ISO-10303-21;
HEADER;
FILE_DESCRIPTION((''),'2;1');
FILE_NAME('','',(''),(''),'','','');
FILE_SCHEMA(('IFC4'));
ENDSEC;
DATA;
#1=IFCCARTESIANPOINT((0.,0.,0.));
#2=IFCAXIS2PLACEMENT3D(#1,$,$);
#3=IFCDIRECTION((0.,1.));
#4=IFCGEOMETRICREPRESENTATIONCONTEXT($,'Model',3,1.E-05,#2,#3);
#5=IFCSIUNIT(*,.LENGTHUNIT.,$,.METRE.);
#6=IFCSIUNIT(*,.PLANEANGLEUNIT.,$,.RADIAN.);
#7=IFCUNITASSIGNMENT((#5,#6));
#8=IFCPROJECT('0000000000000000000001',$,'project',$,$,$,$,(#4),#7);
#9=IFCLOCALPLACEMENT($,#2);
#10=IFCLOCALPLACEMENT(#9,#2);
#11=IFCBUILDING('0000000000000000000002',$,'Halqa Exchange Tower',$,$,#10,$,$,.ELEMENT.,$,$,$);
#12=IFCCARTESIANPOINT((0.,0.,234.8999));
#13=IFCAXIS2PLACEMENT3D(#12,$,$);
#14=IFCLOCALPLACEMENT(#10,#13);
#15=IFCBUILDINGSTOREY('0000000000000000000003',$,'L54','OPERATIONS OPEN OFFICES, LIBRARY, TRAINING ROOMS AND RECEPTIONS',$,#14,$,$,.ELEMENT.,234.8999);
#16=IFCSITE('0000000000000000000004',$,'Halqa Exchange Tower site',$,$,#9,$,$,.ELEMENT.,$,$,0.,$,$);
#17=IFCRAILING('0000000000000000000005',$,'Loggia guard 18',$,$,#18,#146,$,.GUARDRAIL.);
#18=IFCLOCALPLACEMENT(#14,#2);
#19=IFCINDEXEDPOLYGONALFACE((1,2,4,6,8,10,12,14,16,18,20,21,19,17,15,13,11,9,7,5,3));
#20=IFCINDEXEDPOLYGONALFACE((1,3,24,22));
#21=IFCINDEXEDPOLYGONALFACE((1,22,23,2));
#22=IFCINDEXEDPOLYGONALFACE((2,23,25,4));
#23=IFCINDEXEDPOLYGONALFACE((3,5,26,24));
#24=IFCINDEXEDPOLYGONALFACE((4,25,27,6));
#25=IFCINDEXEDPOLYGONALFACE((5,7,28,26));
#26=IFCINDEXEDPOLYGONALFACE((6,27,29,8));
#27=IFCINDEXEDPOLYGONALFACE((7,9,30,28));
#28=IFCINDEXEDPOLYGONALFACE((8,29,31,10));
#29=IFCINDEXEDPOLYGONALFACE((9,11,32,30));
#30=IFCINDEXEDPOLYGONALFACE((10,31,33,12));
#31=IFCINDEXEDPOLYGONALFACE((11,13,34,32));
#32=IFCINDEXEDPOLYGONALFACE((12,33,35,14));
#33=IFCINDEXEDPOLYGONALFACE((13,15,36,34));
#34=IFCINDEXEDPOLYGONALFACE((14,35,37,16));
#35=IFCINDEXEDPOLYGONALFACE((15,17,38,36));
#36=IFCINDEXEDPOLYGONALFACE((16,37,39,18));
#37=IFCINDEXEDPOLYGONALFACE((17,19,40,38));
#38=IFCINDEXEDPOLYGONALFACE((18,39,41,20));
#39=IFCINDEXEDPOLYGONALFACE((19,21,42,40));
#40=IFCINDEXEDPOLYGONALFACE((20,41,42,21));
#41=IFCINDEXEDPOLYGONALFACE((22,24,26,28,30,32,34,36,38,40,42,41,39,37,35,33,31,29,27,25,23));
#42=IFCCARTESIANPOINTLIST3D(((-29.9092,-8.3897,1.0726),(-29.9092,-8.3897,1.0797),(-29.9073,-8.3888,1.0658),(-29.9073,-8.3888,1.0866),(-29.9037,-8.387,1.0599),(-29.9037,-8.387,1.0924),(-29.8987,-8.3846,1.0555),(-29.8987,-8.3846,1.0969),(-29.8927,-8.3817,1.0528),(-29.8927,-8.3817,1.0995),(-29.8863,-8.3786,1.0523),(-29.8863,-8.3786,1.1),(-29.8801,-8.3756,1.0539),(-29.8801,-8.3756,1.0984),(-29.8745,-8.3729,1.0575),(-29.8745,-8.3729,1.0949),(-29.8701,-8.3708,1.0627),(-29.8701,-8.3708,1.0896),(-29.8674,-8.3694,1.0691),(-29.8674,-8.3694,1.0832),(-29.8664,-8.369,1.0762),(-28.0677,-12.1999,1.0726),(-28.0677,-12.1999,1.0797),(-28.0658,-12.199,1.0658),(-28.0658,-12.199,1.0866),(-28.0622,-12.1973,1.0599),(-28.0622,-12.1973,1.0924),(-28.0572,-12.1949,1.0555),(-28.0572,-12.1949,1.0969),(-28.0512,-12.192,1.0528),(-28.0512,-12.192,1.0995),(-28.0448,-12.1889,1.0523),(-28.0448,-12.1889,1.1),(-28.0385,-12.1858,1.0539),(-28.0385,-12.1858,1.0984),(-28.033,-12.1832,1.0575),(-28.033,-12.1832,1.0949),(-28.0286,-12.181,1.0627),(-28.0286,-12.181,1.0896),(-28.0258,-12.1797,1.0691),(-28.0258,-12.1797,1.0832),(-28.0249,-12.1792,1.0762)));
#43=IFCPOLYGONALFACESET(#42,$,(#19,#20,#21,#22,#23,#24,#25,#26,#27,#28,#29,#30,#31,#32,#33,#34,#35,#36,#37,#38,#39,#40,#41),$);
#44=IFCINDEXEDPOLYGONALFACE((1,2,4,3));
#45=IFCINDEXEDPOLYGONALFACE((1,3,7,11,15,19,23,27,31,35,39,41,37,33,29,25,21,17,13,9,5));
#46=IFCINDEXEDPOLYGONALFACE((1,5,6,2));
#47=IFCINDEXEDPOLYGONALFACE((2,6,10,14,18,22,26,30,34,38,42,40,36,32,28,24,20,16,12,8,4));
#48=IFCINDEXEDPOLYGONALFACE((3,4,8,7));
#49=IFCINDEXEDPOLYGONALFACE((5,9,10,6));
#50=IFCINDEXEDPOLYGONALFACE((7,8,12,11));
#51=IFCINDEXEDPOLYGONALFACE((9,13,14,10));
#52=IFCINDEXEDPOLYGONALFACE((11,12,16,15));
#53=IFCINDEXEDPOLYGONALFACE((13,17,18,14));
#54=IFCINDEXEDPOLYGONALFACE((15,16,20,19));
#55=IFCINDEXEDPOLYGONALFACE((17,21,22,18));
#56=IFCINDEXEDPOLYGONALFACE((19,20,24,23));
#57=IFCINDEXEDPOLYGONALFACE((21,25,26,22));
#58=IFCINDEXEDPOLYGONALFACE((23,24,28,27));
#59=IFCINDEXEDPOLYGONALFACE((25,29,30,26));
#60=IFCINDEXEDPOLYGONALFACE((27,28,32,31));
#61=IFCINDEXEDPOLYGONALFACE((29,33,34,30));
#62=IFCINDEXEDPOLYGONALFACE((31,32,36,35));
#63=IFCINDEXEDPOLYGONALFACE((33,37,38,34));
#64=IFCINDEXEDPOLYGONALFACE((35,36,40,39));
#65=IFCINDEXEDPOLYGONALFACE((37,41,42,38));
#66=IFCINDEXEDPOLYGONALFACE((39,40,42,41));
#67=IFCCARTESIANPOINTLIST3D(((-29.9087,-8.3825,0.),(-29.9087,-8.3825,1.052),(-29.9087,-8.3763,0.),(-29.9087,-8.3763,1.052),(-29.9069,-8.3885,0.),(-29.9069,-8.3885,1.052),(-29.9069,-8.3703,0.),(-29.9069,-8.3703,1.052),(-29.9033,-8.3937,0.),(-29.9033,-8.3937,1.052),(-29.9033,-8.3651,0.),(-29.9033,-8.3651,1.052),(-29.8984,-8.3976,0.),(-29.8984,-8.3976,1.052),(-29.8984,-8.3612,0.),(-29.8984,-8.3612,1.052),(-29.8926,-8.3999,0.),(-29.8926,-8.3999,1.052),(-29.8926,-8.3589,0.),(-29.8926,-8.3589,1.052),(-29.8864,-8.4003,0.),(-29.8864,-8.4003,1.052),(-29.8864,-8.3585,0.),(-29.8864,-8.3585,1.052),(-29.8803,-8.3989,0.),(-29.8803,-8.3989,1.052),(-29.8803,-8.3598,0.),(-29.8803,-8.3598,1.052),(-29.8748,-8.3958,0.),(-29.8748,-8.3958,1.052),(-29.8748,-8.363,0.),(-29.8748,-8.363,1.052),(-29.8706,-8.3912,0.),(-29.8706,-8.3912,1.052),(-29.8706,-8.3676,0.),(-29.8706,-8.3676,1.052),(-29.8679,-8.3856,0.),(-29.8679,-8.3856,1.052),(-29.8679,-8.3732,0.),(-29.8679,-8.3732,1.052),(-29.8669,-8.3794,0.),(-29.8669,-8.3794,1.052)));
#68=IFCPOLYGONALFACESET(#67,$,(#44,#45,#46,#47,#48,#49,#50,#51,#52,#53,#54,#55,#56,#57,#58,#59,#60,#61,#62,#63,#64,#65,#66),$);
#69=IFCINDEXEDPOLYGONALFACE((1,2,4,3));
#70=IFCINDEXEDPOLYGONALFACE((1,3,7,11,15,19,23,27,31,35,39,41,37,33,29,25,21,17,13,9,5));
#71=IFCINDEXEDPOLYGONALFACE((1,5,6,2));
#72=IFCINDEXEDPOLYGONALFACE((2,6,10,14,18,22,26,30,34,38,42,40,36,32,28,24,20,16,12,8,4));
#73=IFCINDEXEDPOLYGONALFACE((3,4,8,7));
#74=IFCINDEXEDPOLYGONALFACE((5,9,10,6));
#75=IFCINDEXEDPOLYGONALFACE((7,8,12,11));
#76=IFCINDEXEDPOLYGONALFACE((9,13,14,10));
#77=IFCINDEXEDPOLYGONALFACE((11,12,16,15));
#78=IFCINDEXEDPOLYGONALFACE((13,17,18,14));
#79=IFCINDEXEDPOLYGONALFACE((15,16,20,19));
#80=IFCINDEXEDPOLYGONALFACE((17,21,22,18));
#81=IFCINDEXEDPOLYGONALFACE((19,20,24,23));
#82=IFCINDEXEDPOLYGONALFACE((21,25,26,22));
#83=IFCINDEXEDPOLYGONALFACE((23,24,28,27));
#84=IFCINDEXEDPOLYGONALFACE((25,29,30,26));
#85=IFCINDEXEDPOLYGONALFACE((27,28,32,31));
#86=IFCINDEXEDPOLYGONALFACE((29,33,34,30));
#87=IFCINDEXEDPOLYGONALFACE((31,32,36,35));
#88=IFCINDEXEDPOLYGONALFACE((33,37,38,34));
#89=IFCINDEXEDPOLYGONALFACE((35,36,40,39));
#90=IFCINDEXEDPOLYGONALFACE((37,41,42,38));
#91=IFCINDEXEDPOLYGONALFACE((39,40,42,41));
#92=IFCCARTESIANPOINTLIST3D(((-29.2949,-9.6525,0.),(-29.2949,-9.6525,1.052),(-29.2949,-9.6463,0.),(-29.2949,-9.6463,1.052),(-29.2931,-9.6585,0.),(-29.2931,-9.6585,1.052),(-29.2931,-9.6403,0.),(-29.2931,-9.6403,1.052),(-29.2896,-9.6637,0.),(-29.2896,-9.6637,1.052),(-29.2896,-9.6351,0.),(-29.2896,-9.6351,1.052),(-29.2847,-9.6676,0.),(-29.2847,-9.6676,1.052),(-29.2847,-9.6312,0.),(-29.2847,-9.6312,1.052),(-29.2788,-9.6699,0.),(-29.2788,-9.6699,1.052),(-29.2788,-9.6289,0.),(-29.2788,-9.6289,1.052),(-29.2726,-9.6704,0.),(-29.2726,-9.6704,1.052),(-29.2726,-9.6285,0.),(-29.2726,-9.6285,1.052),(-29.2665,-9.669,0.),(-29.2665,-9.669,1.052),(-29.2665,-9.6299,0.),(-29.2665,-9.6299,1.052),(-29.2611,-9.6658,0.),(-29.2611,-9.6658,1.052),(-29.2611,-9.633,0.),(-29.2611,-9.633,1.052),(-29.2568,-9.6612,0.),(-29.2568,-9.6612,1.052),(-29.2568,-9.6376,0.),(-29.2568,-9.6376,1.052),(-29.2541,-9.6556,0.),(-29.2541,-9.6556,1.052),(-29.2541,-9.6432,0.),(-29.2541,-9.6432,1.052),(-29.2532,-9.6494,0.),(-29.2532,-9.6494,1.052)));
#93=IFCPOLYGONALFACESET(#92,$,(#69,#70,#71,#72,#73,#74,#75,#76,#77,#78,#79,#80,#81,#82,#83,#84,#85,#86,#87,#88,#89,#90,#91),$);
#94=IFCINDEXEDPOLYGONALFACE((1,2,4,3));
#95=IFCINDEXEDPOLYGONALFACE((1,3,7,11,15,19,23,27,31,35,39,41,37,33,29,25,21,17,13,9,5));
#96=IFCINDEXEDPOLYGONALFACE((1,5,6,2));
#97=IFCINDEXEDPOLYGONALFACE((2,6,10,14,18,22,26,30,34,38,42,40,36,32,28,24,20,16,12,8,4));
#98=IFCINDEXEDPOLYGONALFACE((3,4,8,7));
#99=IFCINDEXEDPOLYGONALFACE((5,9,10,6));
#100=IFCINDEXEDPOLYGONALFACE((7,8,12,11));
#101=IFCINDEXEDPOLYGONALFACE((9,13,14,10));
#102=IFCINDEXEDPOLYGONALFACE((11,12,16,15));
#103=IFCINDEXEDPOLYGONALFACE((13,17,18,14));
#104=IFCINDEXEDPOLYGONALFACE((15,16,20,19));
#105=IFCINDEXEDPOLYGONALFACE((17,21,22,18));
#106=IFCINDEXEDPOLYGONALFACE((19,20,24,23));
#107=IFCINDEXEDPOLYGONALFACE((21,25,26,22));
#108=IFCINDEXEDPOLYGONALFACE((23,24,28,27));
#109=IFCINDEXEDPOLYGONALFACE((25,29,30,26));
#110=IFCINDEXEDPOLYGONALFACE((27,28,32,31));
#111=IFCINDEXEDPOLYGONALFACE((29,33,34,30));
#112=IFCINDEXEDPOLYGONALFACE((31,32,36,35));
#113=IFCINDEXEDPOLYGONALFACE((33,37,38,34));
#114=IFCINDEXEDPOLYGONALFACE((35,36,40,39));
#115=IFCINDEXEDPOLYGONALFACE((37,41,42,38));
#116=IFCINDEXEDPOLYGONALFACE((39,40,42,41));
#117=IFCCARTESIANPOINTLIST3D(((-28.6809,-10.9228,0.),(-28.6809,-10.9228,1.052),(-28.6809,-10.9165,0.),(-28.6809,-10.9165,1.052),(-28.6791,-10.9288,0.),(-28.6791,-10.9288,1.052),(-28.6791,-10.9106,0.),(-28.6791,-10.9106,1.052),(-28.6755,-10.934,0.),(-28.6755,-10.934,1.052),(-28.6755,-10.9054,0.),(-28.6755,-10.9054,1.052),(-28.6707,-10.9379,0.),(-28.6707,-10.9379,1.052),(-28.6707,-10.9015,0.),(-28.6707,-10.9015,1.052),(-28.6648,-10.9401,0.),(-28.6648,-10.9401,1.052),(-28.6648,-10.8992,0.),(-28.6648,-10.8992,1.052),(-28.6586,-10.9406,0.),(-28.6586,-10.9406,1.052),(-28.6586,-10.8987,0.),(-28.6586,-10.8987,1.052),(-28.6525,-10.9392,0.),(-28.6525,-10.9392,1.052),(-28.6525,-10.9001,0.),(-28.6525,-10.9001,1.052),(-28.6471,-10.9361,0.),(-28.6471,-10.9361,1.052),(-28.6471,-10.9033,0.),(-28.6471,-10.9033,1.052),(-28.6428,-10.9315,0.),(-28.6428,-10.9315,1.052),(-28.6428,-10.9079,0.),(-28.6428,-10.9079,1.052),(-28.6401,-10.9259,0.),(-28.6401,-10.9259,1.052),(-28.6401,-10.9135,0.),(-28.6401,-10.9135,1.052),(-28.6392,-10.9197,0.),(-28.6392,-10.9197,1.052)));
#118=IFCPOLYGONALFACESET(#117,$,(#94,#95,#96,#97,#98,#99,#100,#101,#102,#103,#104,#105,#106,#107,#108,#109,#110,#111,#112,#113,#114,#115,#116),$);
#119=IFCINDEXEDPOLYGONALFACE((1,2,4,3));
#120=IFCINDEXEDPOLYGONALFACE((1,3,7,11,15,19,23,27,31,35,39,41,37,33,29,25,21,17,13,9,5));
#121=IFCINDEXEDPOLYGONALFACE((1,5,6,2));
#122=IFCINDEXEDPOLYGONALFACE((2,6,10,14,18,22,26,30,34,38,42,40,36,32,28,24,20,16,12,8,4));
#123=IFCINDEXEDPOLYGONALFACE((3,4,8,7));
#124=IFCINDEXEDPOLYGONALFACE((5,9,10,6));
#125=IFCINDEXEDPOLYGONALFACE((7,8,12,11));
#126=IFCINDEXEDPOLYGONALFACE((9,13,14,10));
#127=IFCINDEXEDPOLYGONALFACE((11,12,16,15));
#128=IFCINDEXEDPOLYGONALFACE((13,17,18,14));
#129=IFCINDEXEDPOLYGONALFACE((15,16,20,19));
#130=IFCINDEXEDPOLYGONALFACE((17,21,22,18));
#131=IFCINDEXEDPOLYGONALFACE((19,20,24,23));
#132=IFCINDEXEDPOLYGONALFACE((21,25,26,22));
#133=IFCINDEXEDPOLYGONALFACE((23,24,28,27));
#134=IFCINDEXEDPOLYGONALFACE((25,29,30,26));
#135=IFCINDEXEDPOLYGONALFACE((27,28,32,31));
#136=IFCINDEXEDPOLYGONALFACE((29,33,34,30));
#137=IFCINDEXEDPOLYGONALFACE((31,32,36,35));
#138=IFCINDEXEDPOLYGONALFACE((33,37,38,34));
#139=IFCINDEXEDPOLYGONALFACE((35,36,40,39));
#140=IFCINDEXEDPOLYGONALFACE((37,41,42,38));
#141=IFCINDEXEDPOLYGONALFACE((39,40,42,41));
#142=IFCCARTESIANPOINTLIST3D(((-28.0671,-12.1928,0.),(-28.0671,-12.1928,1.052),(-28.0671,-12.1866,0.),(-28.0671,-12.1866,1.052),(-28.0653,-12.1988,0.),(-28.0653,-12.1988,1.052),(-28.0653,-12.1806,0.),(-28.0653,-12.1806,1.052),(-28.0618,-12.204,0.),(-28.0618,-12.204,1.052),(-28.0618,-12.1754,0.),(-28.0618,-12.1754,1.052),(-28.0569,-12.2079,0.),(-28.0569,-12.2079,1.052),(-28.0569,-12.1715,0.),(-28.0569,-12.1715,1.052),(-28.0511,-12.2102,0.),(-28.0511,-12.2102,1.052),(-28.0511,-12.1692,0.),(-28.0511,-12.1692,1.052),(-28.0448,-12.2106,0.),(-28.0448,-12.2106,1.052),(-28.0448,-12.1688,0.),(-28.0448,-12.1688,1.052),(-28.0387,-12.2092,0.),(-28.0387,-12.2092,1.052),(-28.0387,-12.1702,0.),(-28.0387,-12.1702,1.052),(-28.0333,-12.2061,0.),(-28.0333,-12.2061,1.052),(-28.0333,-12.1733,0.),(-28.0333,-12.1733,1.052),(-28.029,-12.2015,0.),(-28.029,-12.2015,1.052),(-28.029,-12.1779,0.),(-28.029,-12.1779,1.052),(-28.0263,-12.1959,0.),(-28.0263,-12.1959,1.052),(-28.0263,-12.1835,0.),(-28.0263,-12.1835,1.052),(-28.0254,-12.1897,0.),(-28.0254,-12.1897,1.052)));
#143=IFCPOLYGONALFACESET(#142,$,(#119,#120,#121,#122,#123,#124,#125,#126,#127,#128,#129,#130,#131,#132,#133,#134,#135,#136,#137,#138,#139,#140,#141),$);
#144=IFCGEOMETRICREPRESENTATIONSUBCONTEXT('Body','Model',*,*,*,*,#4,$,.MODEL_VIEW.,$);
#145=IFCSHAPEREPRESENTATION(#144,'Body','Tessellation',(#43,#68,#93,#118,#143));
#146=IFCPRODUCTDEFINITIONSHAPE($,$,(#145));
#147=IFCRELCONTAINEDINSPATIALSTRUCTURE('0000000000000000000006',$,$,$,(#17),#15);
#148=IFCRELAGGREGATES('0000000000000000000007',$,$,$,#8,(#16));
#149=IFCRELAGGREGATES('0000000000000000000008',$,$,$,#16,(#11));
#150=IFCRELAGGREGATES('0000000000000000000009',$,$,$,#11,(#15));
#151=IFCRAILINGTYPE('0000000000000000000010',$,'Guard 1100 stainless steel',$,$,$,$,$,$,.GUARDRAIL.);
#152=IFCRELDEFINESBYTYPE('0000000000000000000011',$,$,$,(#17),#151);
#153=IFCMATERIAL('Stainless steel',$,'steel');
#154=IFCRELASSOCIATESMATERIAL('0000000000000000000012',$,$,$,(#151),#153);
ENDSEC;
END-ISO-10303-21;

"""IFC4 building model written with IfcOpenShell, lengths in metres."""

from ifc_helpers import new_model, si_unit, direction, frame, origin, origin_2d, place, context, subcontext, project, spatial, circle, extrude, material, type_object, element, save


model = new_model("IFC4")

# Units and contexts
model_context = context("Model", 3, precision=1e-05, world=origin(), true_north=direction((0.0, 1.0)))
body_context = subcontext(model_context, "Body", "Model", "MODEL_VIEW")
ifc_project = project(units=[si_unit("LENGTHUNIT", "METRE"), si_unit("PLANEANGLEUNIT", "RADIAN")], contexts=[model_context])

# Site, building, storey
site_placement = place(None, origin())
site = spatial("IfcSite", under=ifc_project, at=site_placement, Name="Halqa Exchange Tower site", CompositionType="ELEMENT", RefElevation=0.0)
building_placement = place(site_placement, origin())
building = spatial("IfcBuilding", under=site, at=building_placement, Name="Halqa Exchange Tower", CompositionType="ELEMENT")
storey_placement = place(building_placement, frame((0.0, 0.0, 234.8999)))
storey = spatial("IfcBuildingStorey", under=building, at=storey_placement, Name="L54", Description="OPERATIONS OPEN OFFICES, LIBRARY, TRAINING ROOMS AND RECEPTIONS", CompositionType="ELEMENT", Elevation=234.8999)

# Railing
ifc_material_1 = material(Name="Stainless steel", Category="steel")
railing_type = type_object("IfcRailingType", Name="Guard 1100 stainless steel", PredefinedType="GUARDRAIL", material=ifc_material_1)
railing_1_placement = place(storey_placement, frame((-29.8879, -8.3794, 0.0)))
element("IfcRailing", 1, at=railing_1_placement, inside=storey, type_object=railing_type, Name="Loggia guard 18", PredefinedType="GUARDRAIL", context=body_context, shape_type="SweptSolid", body=[
    extrude(circle(Radius=0.0239, at=origin_2d()), frame((0.0, 0.0, 1.0762), z_axis=(0.435151, -0.900358, 0.0), x_axis=(0.900358, 0.435151, 0.0)), (0.0, 0.0, 1.0), 4.2319),
    extrude(circle(Radius=0.021, at=origin_2d()), origin(), (0.0, 0.0, 1.0), 1.052),
    extrude(circle(Radius=0.021, at=origin_2d()), frame((0.6138, -1.27, 0.0)), (0.0, 0.0, 1.0), 1.052),
    extrude(circle(Radius=0.021, at=origin_2d()), frame((1.2278, -2.5403, 0.0)), (0.0, 0.0, 1.0), 1.052),
    extrude(circle(Radius=0.021, at=origin_2d()), frame((1.8416, -3.8103, 0.0)), (0.0, 0.0, 1.0), 1.052),
])

save(model, "model.ifc")
